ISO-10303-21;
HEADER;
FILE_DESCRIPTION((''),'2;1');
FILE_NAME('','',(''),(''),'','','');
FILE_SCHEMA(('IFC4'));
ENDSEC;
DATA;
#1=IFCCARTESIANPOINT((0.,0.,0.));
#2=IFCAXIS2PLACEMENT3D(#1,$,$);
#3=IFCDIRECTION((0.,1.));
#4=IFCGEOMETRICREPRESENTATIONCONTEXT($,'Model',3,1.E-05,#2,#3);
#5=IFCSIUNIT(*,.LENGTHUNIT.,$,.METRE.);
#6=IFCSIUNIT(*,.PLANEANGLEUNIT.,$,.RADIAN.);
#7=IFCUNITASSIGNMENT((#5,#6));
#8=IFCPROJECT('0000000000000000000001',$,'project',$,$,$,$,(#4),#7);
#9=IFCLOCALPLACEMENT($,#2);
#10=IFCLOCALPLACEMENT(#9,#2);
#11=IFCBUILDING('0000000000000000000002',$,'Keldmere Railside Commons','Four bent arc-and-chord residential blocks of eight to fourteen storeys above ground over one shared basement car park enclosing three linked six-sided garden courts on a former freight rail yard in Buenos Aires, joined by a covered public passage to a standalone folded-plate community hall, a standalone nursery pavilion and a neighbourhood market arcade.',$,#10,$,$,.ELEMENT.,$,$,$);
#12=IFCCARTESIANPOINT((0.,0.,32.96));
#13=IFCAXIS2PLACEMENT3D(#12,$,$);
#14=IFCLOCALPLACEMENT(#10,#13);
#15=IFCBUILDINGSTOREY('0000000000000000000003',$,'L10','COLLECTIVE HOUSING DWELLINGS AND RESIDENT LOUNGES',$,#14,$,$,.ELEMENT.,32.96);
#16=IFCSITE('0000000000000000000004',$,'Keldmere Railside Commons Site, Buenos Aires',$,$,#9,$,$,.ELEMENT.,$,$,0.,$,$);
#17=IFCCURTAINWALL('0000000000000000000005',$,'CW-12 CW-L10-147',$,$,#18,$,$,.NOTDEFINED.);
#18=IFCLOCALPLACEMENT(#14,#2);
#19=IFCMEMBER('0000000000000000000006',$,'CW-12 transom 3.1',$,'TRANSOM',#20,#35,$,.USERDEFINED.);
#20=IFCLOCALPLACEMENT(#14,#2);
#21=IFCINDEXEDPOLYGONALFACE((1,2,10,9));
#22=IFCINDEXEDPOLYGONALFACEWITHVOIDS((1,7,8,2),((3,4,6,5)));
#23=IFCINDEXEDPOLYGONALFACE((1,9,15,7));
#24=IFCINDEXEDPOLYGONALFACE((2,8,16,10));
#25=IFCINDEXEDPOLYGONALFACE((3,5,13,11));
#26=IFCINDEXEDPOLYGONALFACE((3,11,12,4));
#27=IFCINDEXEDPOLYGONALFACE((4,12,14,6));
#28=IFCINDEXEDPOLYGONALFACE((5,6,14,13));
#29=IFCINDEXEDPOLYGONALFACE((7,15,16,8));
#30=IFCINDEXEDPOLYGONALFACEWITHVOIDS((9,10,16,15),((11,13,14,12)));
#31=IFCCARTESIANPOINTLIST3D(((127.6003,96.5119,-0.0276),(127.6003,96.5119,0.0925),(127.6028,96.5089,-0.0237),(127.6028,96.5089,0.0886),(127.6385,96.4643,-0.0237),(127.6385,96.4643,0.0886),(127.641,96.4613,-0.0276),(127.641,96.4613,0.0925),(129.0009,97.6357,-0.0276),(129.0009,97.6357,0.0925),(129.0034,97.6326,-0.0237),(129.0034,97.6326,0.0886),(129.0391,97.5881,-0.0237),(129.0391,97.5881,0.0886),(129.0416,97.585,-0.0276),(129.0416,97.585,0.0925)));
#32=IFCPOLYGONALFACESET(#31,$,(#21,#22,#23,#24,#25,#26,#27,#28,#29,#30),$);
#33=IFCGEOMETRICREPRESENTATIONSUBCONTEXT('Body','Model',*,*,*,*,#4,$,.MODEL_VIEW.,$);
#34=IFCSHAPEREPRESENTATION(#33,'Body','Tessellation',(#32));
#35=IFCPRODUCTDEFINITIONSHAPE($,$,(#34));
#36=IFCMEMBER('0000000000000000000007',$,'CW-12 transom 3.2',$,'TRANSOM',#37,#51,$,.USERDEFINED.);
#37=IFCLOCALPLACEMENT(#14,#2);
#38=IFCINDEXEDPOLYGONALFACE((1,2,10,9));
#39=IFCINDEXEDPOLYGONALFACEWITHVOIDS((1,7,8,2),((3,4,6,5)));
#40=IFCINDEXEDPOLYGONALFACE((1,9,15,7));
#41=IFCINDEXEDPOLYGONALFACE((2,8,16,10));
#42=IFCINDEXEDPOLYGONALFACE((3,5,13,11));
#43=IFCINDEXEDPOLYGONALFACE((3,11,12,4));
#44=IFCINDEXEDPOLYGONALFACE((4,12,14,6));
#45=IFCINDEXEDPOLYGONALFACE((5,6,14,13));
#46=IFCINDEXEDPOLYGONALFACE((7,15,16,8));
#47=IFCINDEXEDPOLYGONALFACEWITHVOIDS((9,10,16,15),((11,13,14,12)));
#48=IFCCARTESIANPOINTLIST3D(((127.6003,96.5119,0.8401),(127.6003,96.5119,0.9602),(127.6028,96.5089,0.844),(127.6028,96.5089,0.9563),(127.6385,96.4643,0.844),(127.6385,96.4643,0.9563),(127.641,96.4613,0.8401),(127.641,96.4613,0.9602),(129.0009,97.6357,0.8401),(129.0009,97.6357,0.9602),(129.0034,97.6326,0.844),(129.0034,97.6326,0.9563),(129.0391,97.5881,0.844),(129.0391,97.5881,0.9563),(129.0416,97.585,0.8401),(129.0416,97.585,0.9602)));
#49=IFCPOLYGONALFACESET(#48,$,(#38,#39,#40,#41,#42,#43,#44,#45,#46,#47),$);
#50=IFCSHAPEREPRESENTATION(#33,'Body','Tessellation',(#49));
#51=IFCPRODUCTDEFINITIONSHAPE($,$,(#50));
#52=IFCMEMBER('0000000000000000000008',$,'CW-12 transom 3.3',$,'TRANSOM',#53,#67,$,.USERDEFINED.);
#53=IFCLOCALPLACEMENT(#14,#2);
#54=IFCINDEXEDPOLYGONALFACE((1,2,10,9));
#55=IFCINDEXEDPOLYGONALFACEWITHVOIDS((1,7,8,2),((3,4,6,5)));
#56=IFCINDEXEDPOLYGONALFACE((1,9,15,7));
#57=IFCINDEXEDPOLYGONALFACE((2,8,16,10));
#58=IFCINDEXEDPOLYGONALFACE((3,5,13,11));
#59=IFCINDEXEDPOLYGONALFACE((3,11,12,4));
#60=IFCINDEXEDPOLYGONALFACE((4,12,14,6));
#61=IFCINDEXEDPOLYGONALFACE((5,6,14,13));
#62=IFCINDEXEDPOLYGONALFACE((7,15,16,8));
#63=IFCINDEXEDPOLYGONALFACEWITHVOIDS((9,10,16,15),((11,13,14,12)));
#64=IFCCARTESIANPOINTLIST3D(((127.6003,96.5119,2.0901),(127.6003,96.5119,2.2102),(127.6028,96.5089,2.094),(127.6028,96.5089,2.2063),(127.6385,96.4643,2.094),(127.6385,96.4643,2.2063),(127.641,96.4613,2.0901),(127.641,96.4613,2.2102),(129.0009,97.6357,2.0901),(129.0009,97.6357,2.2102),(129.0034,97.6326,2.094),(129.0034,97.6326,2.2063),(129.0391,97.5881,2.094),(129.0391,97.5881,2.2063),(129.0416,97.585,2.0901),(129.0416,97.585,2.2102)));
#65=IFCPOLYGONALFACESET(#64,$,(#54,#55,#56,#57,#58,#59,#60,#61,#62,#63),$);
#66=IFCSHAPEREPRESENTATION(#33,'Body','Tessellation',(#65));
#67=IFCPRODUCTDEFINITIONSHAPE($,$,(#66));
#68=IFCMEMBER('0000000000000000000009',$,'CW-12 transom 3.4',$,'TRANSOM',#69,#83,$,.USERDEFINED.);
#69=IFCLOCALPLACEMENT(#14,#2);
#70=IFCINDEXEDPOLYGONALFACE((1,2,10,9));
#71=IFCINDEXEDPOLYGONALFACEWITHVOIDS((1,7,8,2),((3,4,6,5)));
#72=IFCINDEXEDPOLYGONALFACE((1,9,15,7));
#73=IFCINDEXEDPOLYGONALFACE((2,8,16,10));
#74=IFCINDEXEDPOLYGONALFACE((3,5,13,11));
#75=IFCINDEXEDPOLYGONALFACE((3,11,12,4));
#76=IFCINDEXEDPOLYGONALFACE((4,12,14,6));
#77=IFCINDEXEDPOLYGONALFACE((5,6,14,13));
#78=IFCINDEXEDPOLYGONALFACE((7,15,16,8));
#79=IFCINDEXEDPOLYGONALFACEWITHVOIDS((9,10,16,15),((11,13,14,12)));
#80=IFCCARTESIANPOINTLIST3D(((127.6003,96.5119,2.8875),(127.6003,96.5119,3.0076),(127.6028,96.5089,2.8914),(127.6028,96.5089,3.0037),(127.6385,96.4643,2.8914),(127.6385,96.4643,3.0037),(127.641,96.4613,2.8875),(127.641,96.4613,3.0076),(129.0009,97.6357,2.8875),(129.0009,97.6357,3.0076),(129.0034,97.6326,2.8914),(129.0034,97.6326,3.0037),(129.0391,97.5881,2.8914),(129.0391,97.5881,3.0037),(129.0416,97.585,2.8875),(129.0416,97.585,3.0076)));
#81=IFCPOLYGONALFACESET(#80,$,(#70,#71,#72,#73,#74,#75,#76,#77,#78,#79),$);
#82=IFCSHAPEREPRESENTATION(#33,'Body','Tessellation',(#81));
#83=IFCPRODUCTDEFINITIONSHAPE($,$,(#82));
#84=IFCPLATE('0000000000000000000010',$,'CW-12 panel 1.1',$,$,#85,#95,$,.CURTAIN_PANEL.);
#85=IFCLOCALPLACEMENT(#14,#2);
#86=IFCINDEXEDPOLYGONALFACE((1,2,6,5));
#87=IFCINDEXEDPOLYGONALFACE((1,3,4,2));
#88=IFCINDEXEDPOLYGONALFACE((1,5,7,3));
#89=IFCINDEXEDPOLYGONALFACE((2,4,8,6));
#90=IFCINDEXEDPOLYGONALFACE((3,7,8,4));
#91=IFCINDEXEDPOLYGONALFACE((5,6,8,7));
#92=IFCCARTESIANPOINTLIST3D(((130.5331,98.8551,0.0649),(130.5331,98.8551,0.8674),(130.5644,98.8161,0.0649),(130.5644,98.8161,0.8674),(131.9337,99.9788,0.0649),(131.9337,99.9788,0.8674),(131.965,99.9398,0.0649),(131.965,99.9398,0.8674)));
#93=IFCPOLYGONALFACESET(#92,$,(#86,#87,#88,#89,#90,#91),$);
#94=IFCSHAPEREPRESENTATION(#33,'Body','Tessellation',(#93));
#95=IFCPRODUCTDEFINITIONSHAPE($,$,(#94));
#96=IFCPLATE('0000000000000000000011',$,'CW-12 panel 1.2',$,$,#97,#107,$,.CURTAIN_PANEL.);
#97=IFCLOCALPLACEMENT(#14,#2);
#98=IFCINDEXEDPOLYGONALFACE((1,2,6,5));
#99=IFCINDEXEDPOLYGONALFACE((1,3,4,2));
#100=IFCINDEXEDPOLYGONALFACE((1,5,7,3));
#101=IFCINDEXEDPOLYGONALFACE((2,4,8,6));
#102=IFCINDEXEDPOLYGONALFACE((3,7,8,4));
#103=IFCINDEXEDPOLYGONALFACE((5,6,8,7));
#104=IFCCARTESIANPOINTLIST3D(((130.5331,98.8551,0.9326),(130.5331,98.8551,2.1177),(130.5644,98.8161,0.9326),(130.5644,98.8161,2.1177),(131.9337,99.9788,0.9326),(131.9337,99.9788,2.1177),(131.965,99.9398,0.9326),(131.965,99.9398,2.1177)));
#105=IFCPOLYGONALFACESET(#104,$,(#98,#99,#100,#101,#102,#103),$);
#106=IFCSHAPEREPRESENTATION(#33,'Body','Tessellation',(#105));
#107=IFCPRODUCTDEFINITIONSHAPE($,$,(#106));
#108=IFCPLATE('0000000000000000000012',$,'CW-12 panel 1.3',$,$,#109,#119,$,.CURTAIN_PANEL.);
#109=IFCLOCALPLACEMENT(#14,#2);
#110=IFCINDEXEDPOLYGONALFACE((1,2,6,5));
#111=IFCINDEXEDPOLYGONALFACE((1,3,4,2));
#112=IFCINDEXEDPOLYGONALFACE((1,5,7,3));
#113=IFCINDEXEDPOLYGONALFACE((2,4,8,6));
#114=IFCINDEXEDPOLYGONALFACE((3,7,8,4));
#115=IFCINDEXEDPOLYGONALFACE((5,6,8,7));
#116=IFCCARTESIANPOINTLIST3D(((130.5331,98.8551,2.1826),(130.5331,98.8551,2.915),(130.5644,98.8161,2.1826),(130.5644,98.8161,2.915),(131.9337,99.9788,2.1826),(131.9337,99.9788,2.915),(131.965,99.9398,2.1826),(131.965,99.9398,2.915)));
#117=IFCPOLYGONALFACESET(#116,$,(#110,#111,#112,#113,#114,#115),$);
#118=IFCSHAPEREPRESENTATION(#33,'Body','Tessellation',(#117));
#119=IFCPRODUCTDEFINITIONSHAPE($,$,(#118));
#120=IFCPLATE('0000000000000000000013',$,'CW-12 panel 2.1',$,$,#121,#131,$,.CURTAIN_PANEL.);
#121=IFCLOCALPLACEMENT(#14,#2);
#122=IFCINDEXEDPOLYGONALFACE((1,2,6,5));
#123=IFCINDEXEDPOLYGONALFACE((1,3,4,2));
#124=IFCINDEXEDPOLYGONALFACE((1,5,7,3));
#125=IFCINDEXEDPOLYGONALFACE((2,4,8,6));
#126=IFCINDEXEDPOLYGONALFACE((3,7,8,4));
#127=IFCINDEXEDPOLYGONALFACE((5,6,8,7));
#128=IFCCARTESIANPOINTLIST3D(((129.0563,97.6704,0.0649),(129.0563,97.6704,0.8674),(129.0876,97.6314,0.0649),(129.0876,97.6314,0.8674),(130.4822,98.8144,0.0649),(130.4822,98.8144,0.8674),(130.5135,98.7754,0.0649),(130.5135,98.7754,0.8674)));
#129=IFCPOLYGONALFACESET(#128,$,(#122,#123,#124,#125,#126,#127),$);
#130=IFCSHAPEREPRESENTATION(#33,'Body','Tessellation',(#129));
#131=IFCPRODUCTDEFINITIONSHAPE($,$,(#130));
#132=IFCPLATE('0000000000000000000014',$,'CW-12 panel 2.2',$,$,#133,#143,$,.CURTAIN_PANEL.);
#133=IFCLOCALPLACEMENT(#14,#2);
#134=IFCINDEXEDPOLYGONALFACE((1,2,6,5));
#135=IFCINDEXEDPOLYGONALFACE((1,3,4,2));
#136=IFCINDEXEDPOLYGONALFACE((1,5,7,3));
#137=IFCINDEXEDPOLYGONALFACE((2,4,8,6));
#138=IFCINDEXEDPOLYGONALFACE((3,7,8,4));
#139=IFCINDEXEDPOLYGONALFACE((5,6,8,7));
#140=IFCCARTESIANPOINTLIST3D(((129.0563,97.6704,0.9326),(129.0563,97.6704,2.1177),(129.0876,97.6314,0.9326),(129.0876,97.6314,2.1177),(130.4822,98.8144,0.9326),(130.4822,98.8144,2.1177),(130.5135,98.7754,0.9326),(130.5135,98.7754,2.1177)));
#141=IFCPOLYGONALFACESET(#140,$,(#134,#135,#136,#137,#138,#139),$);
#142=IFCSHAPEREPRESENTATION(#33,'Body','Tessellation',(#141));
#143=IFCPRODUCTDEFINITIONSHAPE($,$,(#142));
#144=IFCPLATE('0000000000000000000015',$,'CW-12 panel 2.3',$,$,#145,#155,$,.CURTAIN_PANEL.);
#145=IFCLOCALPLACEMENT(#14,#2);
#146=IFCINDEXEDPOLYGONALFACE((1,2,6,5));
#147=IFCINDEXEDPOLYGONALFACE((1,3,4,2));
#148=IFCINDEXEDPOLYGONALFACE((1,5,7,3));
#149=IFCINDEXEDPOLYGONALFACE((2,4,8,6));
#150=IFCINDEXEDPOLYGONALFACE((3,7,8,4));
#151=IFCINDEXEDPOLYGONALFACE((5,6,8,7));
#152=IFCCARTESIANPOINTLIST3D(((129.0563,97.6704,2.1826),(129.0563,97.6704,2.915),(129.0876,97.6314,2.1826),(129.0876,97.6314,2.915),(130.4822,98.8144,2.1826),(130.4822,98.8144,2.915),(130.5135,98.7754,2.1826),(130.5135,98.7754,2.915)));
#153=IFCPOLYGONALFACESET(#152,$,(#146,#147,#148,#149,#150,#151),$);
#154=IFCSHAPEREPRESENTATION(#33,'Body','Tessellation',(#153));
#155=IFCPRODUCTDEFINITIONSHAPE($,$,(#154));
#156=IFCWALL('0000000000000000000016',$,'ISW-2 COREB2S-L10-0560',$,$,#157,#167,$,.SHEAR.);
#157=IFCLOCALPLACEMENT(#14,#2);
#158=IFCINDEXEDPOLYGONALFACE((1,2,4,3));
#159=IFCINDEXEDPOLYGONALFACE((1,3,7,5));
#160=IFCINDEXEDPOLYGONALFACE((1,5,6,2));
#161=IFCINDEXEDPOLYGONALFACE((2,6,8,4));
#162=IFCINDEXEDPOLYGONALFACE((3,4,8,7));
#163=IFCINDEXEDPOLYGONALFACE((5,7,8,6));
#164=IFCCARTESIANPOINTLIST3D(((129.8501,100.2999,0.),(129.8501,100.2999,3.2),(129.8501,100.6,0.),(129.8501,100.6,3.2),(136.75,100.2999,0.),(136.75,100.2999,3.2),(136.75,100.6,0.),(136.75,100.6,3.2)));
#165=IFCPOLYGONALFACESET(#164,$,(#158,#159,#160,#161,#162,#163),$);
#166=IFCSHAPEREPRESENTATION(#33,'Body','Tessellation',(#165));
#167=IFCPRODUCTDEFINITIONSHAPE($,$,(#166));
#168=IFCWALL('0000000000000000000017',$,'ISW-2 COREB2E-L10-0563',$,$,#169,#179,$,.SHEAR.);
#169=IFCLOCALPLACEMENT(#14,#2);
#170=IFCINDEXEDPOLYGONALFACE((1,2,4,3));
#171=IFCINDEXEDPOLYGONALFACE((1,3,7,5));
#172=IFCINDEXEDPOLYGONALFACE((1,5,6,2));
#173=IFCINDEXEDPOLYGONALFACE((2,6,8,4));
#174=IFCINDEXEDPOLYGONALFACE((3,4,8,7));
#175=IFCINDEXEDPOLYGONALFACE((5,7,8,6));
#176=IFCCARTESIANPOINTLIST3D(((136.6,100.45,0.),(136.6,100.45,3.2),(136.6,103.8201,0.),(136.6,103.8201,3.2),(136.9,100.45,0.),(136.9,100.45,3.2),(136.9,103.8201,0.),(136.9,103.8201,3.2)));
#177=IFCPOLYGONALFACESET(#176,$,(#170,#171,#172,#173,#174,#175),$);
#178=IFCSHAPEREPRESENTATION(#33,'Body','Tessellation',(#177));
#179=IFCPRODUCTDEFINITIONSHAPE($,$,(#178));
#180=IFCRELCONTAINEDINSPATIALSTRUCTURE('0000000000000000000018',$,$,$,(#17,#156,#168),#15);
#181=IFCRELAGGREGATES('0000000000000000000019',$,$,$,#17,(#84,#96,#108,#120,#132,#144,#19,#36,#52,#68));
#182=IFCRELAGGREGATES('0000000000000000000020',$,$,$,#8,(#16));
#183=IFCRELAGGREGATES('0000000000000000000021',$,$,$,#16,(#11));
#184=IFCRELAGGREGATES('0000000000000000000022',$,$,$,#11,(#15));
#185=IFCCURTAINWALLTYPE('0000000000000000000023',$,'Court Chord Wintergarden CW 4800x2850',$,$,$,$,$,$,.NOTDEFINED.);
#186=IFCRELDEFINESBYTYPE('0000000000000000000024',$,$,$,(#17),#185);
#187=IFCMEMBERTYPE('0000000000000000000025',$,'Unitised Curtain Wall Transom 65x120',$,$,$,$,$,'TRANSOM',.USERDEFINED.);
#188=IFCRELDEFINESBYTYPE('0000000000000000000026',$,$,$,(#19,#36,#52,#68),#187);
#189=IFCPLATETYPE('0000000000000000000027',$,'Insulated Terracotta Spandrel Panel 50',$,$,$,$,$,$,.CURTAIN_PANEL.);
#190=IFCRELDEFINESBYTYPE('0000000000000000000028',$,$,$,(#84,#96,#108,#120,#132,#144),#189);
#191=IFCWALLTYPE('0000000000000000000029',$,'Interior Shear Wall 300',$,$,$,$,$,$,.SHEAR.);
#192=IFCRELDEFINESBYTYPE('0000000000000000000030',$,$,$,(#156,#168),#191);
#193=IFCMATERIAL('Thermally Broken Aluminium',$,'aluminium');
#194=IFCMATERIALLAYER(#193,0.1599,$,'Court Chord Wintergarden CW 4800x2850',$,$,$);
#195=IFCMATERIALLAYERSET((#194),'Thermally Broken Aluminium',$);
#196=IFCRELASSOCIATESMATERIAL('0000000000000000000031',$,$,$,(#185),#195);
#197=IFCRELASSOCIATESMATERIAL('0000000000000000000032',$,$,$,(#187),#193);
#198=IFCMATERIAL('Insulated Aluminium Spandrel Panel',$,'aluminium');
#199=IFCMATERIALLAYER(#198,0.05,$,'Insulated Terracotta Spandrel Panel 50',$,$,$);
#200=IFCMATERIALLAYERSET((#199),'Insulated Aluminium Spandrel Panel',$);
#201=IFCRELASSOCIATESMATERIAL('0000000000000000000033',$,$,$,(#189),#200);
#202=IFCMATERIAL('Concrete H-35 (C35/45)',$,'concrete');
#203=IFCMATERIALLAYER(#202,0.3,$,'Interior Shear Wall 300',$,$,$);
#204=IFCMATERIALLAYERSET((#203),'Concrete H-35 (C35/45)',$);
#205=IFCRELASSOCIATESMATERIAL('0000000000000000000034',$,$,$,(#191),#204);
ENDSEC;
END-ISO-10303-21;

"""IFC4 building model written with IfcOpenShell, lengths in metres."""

from ifc_helpers import new_model, si_unit, direction, frame, frame_2d, origin, origin_2d, place, context, subcontext, project, spatial, rectangle, hollow_rectangle, extrude, material, layer, layer_set, material_profile, profile_set, type_object, element, aggregate, save


model = new_model("IFC4")

# Units and contexts
model_context = context("Model", 3, precision=1e-05, world=origin(), true_north=direction((0.0, 1.0)))
body_context = subcontext(model_context, "Body", "Model", "MODEL_VIEW")
ifc_project = project(units=[si_unit("LENGTHUNIT", "METRE"), si_unit("PLANEANGLEUNIT", "RADIAN")], contexts=[model_context])

# Site, building, storey
site_placement = place(None, origin())
site = spatial("IfcSite", under=ifc_project, at=site_placement, Name="Keldmere Railside Commons Site, Buenos Aires", CompositionType="ELEMENT", RefElevation=0.0)
building_placement = place(site_placement, origin())
building = spatial("IfcBuilding", under=site, at=building_placement, Name="Keldmere Railside Commons", Description="Four bent arc-and-chord residential blocks of eight to fourteen storeys above ground over one shared basement car park enclosing three linked six-sided garden courts on a former freight rail yard in Buenos Aires, joined by a covered public passage to a standalone folded-plate community hall, a standalone nursery pavilion and a neighbourhood market arcade.", CompositionType="ELEMENT")
storey_placement = place(building_placement, frame((0.0, 0.0, 32.96)))
storey = spatial("IfcBuildingStorey", under=building, at=storey_placement, Name="L10", Description="COLLECTIVE HOUSING DWELLINGS AND RESIDENT LOUNGES", CompositionType="ELEMENT", Elevation=32.96)

# Curtain wall, members, plates
ifc_material_1 = material(Name="Thermally Broken Aluminium", Category="aluminium")
ifc_layer_1 = layer(ifc_material_1, 0.1599, Name="Court Chord Wintergarden CW 4800x2850")
ifc_layer_set_1 = layer_set([ifc_layer_1], Name="Thermally Broken Aluminium")
curtain_wall_type = type_object("IfcCurtainWallType", Name="Court Chord Wintergarden CW 4800x2850", PredefinedType="NOTDEFINED", material=ifc_layer_set_1)
curtain_wall_placement = place(storey_placement, origin())
curtain_wall = element("IfcCurtainWall", 1, at=curtain_wall_placement, inside=storey, type_object=curtain_wall_type, Name="CW-12 CW-L10-147", PredefinedType="NOTDEFINED")
ifc_material_profile_1 = material_profile(ifc_material_1, hollow_rectangle(XDim=0.0649, YDim=0.1201, WallThickness=0.0039, at=origin_2d()), Name="ALU-TRAN-65x120")
ifc_profile_set_1 = profile_set([ifc_material_profile_1], Name="Thermally Broken Aluminium")
member_type_1 = type_object("IfcMemberType", Name="Unitised Curtain Wall Transom 65x120", ElementType="TRANSOM", PredefinedType="USERDEFINED", material=ifc_profile_set_1)
member_1_placement = place(storey_placement, frame((129.0212, 97.6104, 0.0325), z_axis=(-0.779979, -0.625805, 0.0), x_axis=(0.625805, -0.779979, 0.0)))
member_1 = element("IfcMember", 2, at=member_1_placement, type_object=member_type_1, Name="CW-12 transom 3.1", ObjectType="TRANSOM", PredefinedType="USERDEFINED", context=body_context, shape_type="SweptSolid", body=[
    extrude(hollow_rectangle(XDim=0.0649, YDim=0.1201, WallThickness=0.0039, at=origin_2d()), origin(), (0.0, 0.0, 1.0), 1.7957),
])
member_2_placement = place(storey_placement, frame((129.0212, 97.6104, 0.9001), z_axis=(-0.779979, -0.625805, 0.0), x_axis=(0.625805, -0.779979, 0.0)))
member_2 = element("IfcMember", 3, at=member_2_placement, type_object=member_type_1, Name="CW-12 transom 3.2", ObjectType="TRANSOM", PredefinedType="USERDEFINED", context=body_context, shape_type="SweptSolid", body=[
    extrude(hollow_rectangle(XDim=0.0649, YDim=0.1201, WallThickness=0.0039, at=origin_2d()), origin(), (0.0, 0.0, 1.0), 1.7957),
])
member_3_placement = place(storey_placement, frame((129.0212, 97.6104, 2.1501), z_axis=(-0.779979, -0.625805, 0.0), x_axis=(0.625805, -0.779979, 0.0)))
member_3 = element("IfcMember", 4, at=member_3_placement, type_object=member_type_1, Name="CW-12 transom 3.3", ObjectType="TRANSOM", PredefinedType="USERDEFINED", context=body_context, shape_type="SweptSolid", body=[
    extrude(hollow_rectangle(XDim=0.0649, YDim=0.1201, WallThickness=0.0039, at=origin_2d()), origin(), (0.0, 0.0, 1.0), 1.7957),
])
member_4_placement = place(storey_placement, frame((129.0212, 97.6104, 2.9475), z_axis=(-0.779979, -0.625805, 0.0), x_axis=(0.625805, -0.779979, 0.0)))
member_4 = element("IfcMember", 5, at=member_4_placement, type_object=member_type_1, Name="CW-12 transom 3.4", ObjectType="TRANSOM", PredefinedType="USERDEFINED", context=body_context, shape_type="SweptSolid", body=[
    extrude(hollow_rectangle(XDim=0.0649, YDim=0.1201, WallThickness=0.0039, at=origin_2d()), origin(), (0.0, 0.0, 1.0), 1.7957),
])
ifc_material_2 = material(Name="Insulated Aluminium Spandrel Panel", Category="aluminium")
ifc_layer_2 = layer(ifc_material_2, 0.05, Name="Insulated Terracotta Spandrel Panel 50")
ifc_layer_set_2 = layer_set([ifc_layer_2], Name="Insulated Aluminium Spandrel Panel")
plate_type = type_object("IfcPlateType", Name="Insulated Terracotta Spandrel Panel 50", PredefinedType="CURTAIN_PANEL", material=ifc_layer_set_2)
plate_1_placement = place(storey_placement, frame((131.249, 99.3975, 0.0649), z_axis=(0.0, 0.0, 1.0), x_axis=(-0.780009, -0.625768, 0.0)))
plate_1 = element("IfcPlate", 6, at=plate_1_placement, type_object=plate_type, Name="CW-12 panel 1.1", PredefinedType="CURTAIN_PANEL", context=body_context, shape_type="SweptSolid", body=[
    extrude(rectangle(XDim=1.7957, YDim=0.05, at=origin_2d()), origin(), (0.0, 0.0, 1.0), 0.8025),
])
plate_2_placement = place(storey_placement, frame((131.249, 99.3975, 0.9326), z_axis=(0.0, 0.0, 1.0), x_axis=(-0.780009, -0.625768, 0.0)))
plate_2 = element("IfcPlate", 7, at=plate_2_placement, type_object=plate_type, Name="CW-12 panel 1.2", PredefinedType="CURTAIN_PANEL", context=body_context, shape_type="SweptSolid", body=[
    extrude(rectangle(XDim=1.7957, YDim=0.05, at=origin_2d()), origin(), (0.0, 0.0, 1.0), 1.1851),
])
plate_3_placement = place(storey_placement, frame((131.249, 99.3975, 2.1826), z_axis=(0.0, 0.0, 1.0), x_axis=(-0.780009, -0.625768, 0.0)))
plate_3 = element("IfcPlate", 8, at=plate_3_placement, type_object=plate_type, Name="CW-12 panel 1.3", PredefinedType="CURTAIN_PANEL", context=body_context, shape_type="SweptSolid", body=[
    extrude(rectangle(XDim=1.7957, YDim=0.05, at=origin_2d()), origin(), (0.0, 0.0, 1.0), 0.7324),
])
plate_4_placement = place(storey_placement, frame((129.7849, 98.2229, 0.0649), z_axis=(0.0, 0.0, 1.0), x_axis=(-0.780009, -0.625768, 0.0)))
plate_4 = element("IfcPlate", 9, at=plate_4_placement, type_object=plate_type, Name="CW-12 panel 2.1", PredefinedType="CURTAIN_PANEL", context=body_context, shape_type="SweptSolid", body=[
    extrude(rectangle(XDim=1.8281, YDim=0.05, at=origin_2d()), origin(), (0.0, 0.0, 1.0), 0.8025),
])
plate_5_placement = place(storey_placement, frame((129.7849, 98.2229, 0.9326), z_axis=(0.0, 0.0, 1.0), x_axis=(-0.780009, -0.625768, 0.0)))
plate_5 = element("IfcPlate", 10, at=plate_5_placement, type_object=plate_type, Name="CW-12 panel 2.2", PredefinedType="CURTAIN_PANEL", context=body_context, shape_type="SweptSolid", body=[
    extrude(rectangle(XDim=1.8281, YDim=0.05, at=origin_2d()), origin(), (0.0, 0.0, 1.0), 1.1851),
])
plate_6_placement = place(storey_placement, frame((129.7849, 98.2229, 2.1826), z_axis=(0.0, 0.0, 1.0), x_axis=(-0.780009, -0.625768, 0.0)))
plate_6 = element("IfcPlate", 11, at=plate_6_placement, type_object=plate_type, Name="CW-12 panel 2.3", PredefinedType="CURTAIN_PANEL", context=body_context, shape_type="SweptSolid", body=[
    extrude(rectangle(XDim=1.8281, YDim=0.05, at=origin_2d()), origin(), (0.0, 0.0, 1.0), 0.7324),
])
aggregate(curtain_wall, [plate_1, plate_2, plate_3, plate_4, plate_5, plate_6, member_1, member_2, member_3, member_4])

# Walls
ifc_material_3 = material(Name="Concrete H-35 (C35/45)", Category="concrete")
ifc_layer_3 = layer(ifc_material_3, 0.3, Name="Interior Shear Wall 300")
ifc_layer_set_3 = layer_set([ifc_layer_3], Name="Concrete H-35 (C35/45)")
wall_type = type_object("IfcWallType", Name="Interior Shear Wall 300", PredefinedType="SHEAR", material=ifc_layer_set_3)
wall_1_placement = place(storey_placement, frame((129.8501, 100.45, 0.0), z_axis=(0.0, 0.0, 1.0), x_axis=(1.0, 0.0, 0.0)))
element("IfcWall", 12, at=wall_1_placement, inside=storey, type_object=wall_type, Name="ISW-2 COREB2S-L10-0560", PredefinedType="SHEAR", context=body_context, shape_type="SweptSolid", body=[
    extrude(rectangle(XDim=6.8999, YDim=0.3, at=frame_2d((3.45, 0.0))), origin(), (0.0, 0.0, 1.0), 3.2),
])
wall_2_placement = place(storey_placement, frame((136.75, 100.45, 0.0), z_axis=(0.0, 0.0, 1.0), x_axis=(0.0, 1.0, 0.0)))
element("IfcWall", 13, at=wall_2_placement, inside=storey, type_object=wall_type, Name="ISW-2 COREB2E-L10-0563", PredefinedType="SHEAR", context=body_context, shape_type="SweptSolid", body=[
    extrude(rectangle(XDim=3.3701, YDim=0.3, at=frame_2d((1.6851, 0.0))), origin(), (0.0, 0.0, 1.0), 3.2),
])

save(model, "model.ifc")
